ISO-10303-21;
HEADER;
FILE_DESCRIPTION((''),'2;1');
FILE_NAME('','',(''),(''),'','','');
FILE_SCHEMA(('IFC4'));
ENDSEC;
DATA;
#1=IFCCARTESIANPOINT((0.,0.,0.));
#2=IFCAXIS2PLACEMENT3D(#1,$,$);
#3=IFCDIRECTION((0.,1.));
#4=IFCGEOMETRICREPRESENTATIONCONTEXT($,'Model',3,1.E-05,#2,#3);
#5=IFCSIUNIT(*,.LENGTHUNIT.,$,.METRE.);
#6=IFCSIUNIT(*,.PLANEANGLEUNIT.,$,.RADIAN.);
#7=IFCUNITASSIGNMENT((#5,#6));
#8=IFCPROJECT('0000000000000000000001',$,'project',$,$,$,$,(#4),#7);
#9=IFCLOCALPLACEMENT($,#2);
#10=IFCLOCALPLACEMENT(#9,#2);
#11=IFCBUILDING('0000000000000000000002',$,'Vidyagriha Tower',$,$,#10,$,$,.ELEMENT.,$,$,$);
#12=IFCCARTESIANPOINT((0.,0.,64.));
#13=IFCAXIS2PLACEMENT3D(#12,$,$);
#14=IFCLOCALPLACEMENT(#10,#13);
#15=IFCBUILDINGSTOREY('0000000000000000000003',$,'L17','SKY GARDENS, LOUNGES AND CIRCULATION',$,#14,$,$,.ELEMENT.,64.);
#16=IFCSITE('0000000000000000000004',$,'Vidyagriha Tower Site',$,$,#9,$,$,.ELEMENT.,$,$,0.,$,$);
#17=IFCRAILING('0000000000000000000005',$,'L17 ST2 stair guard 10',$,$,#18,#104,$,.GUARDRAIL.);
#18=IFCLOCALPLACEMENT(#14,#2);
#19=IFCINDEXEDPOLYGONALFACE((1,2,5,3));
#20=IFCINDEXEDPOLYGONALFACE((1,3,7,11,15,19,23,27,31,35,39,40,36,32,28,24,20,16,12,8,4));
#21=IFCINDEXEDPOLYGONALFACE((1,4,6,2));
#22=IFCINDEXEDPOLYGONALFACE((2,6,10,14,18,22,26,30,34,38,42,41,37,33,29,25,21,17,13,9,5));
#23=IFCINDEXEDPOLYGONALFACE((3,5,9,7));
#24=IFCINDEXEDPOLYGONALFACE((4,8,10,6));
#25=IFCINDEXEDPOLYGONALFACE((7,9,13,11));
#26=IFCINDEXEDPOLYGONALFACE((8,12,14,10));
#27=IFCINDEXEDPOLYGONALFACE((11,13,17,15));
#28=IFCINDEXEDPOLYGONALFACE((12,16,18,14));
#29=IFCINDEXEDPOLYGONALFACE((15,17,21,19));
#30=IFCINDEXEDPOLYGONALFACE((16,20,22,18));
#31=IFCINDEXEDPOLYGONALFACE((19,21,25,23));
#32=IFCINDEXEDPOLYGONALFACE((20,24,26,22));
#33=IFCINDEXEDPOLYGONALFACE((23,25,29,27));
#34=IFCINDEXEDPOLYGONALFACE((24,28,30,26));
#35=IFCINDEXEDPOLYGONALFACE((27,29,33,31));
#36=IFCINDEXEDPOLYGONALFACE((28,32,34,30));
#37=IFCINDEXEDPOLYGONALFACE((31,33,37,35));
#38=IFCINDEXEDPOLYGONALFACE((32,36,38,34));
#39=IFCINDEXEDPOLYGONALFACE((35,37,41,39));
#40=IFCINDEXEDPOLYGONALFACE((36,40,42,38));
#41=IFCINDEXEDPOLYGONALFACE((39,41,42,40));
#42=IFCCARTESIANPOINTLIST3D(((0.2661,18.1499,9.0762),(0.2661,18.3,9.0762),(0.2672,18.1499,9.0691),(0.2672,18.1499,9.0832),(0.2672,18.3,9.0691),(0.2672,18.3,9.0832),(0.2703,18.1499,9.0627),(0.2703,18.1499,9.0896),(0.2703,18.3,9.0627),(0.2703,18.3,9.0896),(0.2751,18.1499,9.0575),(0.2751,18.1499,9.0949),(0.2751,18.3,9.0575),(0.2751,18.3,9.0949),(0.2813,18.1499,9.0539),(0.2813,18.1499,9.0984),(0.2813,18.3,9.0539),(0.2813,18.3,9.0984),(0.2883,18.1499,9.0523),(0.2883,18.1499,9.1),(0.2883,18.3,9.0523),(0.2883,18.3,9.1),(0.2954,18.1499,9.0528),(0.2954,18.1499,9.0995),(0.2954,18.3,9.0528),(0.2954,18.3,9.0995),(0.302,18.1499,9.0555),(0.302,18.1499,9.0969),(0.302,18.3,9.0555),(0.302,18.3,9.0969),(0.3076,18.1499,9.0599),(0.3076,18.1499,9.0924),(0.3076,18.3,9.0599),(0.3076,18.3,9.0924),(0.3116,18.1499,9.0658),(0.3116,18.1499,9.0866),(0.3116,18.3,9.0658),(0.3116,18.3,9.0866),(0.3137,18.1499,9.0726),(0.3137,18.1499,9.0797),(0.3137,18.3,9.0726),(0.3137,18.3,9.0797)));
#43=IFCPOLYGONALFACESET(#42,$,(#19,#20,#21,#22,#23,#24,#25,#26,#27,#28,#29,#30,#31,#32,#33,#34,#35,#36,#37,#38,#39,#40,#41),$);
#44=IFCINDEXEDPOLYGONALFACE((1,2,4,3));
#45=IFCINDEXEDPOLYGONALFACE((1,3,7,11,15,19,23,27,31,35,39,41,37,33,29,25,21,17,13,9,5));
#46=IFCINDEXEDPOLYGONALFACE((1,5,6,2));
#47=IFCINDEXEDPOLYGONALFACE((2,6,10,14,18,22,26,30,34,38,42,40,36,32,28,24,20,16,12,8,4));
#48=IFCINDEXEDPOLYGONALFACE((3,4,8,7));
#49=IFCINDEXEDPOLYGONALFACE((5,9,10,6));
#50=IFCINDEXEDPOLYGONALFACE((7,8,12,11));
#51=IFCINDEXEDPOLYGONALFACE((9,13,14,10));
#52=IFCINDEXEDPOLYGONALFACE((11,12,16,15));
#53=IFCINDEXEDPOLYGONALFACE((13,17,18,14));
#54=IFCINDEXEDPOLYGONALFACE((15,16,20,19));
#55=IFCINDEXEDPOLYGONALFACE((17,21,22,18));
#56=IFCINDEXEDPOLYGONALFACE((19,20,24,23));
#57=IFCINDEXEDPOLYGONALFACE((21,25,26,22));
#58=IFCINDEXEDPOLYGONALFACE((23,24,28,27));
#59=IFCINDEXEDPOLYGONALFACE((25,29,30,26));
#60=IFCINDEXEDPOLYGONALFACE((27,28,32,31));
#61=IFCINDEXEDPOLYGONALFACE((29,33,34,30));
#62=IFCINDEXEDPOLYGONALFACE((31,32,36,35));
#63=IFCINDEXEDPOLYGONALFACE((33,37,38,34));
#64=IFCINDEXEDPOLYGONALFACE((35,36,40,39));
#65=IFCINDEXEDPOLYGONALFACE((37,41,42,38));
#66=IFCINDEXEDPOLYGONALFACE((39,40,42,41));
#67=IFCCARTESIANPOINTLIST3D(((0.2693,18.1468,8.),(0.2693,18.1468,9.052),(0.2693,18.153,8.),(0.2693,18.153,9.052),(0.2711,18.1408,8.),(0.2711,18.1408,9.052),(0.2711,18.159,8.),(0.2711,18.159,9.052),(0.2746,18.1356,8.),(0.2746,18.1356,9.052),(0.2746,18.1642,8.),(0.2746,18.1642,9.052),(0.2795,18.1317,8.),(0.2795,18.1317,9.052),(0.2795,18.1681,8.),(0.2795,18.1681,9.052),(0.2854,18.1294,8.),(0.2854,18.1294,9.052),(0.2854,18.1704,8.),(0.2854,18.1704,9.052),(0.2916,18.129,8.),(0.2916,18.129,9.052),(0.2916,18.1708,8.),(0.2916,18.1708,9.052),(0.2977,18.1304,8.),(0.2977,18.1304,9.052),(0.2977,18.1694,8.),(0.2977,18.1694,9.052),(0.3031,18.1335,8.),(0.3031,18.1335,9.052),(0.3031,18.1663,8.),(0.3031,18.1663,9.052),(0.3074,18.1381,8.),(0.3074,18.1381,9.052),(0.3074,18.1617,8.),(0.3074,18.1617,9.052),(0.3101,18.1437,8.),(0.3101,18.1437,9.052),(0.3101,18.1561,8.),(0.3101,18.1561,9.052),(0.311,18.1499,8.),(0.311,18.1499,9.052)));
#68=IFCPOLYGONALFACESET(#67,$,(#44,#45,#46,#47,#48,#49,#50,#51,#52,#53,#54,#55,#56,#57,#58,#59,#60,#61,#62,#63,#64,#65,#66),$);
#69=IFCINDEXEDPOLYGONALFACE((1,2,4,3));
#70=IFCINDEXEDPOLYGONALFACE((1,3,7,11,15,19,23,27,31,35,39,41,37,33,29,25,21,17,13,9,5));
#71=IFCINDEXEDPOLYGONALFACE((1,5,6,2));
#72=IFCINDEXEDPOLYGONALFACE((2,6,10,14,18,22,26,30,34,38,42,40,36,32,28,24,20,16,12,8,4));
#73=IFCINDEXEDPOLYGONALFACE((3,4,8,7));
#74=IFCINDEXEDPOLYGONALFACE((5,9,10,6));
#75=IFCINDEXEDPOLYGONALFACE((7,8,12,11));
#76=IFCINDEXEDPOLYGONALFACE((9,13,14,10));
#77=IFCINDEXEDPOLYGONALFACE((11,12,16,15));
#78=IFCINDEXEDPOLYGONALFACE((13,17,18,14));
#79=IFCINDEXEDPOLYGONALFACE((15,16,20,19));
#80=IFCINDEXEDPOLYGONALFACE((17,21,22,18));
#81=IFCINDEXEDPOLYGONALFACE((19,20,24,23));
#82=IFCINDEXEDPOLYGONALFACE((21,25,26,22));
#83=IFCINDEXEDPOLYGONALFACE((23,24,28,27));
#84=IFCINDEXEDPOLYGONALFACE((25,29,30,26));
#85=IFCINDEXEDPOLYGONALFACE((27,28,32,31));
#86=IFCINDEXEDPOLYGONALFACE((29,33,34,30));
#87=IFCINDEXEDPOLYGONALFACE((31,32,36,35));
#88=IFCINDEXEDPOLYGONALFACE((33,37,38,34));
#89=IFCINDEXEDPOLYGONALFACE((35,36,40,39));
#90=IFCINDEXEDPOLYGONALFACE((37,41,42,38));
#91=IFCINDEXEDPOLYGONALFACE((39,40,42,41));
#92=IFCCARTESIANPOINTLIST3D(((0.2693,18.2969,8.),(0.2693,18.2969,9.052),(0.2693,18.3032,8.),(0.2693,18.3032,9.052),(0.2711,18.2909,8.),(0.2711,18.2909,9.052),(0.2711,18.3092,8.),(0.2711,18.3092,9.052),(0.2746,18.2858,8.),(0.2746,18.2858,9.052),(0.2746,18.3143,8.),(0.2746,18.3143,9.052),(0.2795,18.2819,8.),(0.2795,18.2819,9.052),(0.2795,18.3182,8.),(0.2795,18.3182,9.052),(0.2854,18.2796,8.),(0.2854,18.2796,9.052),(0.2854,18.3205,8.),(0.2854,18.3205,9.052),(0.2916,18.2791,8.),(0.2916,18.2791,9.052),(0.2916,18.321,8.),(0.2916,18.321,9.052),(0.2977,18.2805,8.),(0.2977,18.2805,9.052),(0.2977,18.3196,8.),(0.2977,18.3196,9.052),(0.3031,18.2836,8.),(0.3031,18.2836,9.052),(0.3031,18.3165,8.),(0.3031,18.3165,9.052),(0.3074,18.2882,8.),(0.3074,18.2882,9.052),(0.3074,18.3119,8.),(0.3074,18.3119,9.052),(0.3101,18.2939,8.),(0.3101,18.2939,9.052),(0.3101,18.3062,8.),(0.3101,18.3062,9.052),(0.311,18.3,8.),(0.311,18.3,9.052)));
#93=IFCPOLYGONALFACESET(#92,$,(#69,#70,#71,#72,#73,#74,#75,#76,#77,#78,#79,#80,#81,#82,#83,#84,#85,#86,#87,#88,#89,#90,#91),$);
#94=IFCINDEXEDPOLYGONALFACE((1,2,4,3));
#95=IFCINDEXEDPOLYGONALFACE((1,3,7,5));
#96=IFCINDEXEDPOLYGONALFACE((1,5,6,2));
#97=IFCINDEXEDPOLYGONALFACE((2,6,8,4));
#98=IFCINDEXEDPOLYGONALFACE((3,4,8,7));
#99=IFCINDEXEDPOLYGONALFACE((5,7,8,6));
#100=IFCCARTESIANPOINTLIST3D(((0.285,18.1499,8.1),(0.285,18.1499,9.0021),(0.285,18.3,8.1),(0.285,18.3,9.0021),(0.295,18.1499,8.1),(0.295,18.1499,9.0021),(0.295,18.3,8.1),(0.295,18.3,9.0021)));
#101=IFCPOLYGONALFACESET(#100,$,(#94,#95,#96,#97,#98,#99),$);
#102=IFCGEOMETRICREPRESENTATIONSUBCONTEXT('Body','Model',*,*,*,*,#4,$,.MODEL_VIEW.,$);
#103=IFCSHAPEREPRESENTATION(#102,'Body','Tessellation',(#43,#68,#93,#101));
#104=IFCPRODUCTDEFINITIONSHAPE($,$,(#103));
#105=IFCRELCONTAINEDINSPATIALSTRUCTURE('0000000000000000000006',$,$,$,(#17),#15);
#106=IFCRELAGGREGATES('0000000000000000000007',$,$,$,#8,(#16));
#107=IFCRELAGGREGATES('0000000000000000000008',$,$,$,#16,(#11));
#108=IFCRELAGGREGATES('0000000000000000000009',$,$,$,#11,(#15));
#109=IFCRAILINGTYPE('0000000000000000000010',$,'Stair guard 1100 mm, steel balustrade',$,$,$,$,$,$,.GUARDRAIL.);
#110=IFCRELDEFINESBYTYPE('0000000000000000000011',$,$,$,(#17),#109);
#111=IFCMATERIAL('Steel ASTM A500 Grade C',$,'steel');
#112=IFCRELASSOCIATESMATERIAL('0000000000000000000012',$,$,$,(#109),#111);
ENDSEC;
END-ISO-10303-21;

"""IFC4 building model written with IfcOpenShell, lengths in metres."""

from ifc_helpers import new_model, si_unit, direction, frame, origin, origin_2d, place, context, subcontext, project, spatial, rectangle, circle, extrude, material, type_object, element, save


model = new_model("IFC4")

# Units and contexts
model_context = context("Model", 3, precision=1e-05, world=origin(), true_north=direction((0.0, 1.0)))
body_context = subcontext(model_context, "Body", "Model", "MODEL_VIEW")
ifc_project = project(units=[si_unit("LENGTHUNIT", "METRE"), si_unit("PLANEANGLEUNIT", "RADIAN")], contexts=[model_context])

# Site, building, storey
site_placement = place(None, origin())
site = spatial("IfcSite", under=ifc_project, at=site_placement, Name="Vidyagriha Tower Site", CompositionType="ELEMENT", RefElevation=0.0)
building_placement = place(site_placement, origin())
building = spatial("IfcBuilding", under=site, at=building_placement, Name="Vidyagriha Tower", CompositionType="ELEMENT")
storey_placement = place(building_placement, frame((0.0, 0.0, 64.0)))
storey = spatial("IfcBuildingStorey", under=building, at=storey_placement, Name="L17", Description="SKY GARDENS, LOUNGES AND CIRCULATION", CompositionType="ELEMENT", Elevation=64.0)

# Railing
ifc_material_1 = material(Name="Steel ASTM A500 Grade C", Category="steel")
railing_type_1 = type_object("IfcRailingType", Name="Stair guard 1100 mm, steel balustrade", PredefinedType="GUARDRAIL", material=ifc_material_1)
railing_1_placement = place(storey_placement, frame((0.29, 18.1499, 8.0)))
element("IfcRailing", 1, at=railing_1_placement, inside=storey, type_object=railing_type_1, Name="L17 ST2 stair guard 10", PredefinedType="GUARDRAIL", context=body_context, shape_type="SweptSolid", body=[
    extrude(circle(Radius=0.0239, at=origin_2d()), frame((0.0, 0.0, 1.0762), z_axis=(0.0, 1.0, 0.0), x_axis=(-1.0, 0.0, 0.0)), (0.0, 0.0, 1.0), 0.1501),
    extrude(circle(Radius=0.021, at=origin_2d()), origin(), (0.0, 0.0, 1.0), 1.052),
    extrude(circle(Radius=0.021, at=origin_2d()), frame((0.0, 0.1501, 0.0)), (0.0, 0.0, 1.0), 1.052),
    extrude(rectangle(XDim=0.01, YDim=0.9021, at=origin_2d()), frame((0.0, 0.0, 0.551), z_axis=(0.0, 1.0, 0.0), x_axis=(-1.0, 0.0, 0.0)), (0.0, 0.0, 1.0), 0.1501),
])

save(model, "model.ifc")
